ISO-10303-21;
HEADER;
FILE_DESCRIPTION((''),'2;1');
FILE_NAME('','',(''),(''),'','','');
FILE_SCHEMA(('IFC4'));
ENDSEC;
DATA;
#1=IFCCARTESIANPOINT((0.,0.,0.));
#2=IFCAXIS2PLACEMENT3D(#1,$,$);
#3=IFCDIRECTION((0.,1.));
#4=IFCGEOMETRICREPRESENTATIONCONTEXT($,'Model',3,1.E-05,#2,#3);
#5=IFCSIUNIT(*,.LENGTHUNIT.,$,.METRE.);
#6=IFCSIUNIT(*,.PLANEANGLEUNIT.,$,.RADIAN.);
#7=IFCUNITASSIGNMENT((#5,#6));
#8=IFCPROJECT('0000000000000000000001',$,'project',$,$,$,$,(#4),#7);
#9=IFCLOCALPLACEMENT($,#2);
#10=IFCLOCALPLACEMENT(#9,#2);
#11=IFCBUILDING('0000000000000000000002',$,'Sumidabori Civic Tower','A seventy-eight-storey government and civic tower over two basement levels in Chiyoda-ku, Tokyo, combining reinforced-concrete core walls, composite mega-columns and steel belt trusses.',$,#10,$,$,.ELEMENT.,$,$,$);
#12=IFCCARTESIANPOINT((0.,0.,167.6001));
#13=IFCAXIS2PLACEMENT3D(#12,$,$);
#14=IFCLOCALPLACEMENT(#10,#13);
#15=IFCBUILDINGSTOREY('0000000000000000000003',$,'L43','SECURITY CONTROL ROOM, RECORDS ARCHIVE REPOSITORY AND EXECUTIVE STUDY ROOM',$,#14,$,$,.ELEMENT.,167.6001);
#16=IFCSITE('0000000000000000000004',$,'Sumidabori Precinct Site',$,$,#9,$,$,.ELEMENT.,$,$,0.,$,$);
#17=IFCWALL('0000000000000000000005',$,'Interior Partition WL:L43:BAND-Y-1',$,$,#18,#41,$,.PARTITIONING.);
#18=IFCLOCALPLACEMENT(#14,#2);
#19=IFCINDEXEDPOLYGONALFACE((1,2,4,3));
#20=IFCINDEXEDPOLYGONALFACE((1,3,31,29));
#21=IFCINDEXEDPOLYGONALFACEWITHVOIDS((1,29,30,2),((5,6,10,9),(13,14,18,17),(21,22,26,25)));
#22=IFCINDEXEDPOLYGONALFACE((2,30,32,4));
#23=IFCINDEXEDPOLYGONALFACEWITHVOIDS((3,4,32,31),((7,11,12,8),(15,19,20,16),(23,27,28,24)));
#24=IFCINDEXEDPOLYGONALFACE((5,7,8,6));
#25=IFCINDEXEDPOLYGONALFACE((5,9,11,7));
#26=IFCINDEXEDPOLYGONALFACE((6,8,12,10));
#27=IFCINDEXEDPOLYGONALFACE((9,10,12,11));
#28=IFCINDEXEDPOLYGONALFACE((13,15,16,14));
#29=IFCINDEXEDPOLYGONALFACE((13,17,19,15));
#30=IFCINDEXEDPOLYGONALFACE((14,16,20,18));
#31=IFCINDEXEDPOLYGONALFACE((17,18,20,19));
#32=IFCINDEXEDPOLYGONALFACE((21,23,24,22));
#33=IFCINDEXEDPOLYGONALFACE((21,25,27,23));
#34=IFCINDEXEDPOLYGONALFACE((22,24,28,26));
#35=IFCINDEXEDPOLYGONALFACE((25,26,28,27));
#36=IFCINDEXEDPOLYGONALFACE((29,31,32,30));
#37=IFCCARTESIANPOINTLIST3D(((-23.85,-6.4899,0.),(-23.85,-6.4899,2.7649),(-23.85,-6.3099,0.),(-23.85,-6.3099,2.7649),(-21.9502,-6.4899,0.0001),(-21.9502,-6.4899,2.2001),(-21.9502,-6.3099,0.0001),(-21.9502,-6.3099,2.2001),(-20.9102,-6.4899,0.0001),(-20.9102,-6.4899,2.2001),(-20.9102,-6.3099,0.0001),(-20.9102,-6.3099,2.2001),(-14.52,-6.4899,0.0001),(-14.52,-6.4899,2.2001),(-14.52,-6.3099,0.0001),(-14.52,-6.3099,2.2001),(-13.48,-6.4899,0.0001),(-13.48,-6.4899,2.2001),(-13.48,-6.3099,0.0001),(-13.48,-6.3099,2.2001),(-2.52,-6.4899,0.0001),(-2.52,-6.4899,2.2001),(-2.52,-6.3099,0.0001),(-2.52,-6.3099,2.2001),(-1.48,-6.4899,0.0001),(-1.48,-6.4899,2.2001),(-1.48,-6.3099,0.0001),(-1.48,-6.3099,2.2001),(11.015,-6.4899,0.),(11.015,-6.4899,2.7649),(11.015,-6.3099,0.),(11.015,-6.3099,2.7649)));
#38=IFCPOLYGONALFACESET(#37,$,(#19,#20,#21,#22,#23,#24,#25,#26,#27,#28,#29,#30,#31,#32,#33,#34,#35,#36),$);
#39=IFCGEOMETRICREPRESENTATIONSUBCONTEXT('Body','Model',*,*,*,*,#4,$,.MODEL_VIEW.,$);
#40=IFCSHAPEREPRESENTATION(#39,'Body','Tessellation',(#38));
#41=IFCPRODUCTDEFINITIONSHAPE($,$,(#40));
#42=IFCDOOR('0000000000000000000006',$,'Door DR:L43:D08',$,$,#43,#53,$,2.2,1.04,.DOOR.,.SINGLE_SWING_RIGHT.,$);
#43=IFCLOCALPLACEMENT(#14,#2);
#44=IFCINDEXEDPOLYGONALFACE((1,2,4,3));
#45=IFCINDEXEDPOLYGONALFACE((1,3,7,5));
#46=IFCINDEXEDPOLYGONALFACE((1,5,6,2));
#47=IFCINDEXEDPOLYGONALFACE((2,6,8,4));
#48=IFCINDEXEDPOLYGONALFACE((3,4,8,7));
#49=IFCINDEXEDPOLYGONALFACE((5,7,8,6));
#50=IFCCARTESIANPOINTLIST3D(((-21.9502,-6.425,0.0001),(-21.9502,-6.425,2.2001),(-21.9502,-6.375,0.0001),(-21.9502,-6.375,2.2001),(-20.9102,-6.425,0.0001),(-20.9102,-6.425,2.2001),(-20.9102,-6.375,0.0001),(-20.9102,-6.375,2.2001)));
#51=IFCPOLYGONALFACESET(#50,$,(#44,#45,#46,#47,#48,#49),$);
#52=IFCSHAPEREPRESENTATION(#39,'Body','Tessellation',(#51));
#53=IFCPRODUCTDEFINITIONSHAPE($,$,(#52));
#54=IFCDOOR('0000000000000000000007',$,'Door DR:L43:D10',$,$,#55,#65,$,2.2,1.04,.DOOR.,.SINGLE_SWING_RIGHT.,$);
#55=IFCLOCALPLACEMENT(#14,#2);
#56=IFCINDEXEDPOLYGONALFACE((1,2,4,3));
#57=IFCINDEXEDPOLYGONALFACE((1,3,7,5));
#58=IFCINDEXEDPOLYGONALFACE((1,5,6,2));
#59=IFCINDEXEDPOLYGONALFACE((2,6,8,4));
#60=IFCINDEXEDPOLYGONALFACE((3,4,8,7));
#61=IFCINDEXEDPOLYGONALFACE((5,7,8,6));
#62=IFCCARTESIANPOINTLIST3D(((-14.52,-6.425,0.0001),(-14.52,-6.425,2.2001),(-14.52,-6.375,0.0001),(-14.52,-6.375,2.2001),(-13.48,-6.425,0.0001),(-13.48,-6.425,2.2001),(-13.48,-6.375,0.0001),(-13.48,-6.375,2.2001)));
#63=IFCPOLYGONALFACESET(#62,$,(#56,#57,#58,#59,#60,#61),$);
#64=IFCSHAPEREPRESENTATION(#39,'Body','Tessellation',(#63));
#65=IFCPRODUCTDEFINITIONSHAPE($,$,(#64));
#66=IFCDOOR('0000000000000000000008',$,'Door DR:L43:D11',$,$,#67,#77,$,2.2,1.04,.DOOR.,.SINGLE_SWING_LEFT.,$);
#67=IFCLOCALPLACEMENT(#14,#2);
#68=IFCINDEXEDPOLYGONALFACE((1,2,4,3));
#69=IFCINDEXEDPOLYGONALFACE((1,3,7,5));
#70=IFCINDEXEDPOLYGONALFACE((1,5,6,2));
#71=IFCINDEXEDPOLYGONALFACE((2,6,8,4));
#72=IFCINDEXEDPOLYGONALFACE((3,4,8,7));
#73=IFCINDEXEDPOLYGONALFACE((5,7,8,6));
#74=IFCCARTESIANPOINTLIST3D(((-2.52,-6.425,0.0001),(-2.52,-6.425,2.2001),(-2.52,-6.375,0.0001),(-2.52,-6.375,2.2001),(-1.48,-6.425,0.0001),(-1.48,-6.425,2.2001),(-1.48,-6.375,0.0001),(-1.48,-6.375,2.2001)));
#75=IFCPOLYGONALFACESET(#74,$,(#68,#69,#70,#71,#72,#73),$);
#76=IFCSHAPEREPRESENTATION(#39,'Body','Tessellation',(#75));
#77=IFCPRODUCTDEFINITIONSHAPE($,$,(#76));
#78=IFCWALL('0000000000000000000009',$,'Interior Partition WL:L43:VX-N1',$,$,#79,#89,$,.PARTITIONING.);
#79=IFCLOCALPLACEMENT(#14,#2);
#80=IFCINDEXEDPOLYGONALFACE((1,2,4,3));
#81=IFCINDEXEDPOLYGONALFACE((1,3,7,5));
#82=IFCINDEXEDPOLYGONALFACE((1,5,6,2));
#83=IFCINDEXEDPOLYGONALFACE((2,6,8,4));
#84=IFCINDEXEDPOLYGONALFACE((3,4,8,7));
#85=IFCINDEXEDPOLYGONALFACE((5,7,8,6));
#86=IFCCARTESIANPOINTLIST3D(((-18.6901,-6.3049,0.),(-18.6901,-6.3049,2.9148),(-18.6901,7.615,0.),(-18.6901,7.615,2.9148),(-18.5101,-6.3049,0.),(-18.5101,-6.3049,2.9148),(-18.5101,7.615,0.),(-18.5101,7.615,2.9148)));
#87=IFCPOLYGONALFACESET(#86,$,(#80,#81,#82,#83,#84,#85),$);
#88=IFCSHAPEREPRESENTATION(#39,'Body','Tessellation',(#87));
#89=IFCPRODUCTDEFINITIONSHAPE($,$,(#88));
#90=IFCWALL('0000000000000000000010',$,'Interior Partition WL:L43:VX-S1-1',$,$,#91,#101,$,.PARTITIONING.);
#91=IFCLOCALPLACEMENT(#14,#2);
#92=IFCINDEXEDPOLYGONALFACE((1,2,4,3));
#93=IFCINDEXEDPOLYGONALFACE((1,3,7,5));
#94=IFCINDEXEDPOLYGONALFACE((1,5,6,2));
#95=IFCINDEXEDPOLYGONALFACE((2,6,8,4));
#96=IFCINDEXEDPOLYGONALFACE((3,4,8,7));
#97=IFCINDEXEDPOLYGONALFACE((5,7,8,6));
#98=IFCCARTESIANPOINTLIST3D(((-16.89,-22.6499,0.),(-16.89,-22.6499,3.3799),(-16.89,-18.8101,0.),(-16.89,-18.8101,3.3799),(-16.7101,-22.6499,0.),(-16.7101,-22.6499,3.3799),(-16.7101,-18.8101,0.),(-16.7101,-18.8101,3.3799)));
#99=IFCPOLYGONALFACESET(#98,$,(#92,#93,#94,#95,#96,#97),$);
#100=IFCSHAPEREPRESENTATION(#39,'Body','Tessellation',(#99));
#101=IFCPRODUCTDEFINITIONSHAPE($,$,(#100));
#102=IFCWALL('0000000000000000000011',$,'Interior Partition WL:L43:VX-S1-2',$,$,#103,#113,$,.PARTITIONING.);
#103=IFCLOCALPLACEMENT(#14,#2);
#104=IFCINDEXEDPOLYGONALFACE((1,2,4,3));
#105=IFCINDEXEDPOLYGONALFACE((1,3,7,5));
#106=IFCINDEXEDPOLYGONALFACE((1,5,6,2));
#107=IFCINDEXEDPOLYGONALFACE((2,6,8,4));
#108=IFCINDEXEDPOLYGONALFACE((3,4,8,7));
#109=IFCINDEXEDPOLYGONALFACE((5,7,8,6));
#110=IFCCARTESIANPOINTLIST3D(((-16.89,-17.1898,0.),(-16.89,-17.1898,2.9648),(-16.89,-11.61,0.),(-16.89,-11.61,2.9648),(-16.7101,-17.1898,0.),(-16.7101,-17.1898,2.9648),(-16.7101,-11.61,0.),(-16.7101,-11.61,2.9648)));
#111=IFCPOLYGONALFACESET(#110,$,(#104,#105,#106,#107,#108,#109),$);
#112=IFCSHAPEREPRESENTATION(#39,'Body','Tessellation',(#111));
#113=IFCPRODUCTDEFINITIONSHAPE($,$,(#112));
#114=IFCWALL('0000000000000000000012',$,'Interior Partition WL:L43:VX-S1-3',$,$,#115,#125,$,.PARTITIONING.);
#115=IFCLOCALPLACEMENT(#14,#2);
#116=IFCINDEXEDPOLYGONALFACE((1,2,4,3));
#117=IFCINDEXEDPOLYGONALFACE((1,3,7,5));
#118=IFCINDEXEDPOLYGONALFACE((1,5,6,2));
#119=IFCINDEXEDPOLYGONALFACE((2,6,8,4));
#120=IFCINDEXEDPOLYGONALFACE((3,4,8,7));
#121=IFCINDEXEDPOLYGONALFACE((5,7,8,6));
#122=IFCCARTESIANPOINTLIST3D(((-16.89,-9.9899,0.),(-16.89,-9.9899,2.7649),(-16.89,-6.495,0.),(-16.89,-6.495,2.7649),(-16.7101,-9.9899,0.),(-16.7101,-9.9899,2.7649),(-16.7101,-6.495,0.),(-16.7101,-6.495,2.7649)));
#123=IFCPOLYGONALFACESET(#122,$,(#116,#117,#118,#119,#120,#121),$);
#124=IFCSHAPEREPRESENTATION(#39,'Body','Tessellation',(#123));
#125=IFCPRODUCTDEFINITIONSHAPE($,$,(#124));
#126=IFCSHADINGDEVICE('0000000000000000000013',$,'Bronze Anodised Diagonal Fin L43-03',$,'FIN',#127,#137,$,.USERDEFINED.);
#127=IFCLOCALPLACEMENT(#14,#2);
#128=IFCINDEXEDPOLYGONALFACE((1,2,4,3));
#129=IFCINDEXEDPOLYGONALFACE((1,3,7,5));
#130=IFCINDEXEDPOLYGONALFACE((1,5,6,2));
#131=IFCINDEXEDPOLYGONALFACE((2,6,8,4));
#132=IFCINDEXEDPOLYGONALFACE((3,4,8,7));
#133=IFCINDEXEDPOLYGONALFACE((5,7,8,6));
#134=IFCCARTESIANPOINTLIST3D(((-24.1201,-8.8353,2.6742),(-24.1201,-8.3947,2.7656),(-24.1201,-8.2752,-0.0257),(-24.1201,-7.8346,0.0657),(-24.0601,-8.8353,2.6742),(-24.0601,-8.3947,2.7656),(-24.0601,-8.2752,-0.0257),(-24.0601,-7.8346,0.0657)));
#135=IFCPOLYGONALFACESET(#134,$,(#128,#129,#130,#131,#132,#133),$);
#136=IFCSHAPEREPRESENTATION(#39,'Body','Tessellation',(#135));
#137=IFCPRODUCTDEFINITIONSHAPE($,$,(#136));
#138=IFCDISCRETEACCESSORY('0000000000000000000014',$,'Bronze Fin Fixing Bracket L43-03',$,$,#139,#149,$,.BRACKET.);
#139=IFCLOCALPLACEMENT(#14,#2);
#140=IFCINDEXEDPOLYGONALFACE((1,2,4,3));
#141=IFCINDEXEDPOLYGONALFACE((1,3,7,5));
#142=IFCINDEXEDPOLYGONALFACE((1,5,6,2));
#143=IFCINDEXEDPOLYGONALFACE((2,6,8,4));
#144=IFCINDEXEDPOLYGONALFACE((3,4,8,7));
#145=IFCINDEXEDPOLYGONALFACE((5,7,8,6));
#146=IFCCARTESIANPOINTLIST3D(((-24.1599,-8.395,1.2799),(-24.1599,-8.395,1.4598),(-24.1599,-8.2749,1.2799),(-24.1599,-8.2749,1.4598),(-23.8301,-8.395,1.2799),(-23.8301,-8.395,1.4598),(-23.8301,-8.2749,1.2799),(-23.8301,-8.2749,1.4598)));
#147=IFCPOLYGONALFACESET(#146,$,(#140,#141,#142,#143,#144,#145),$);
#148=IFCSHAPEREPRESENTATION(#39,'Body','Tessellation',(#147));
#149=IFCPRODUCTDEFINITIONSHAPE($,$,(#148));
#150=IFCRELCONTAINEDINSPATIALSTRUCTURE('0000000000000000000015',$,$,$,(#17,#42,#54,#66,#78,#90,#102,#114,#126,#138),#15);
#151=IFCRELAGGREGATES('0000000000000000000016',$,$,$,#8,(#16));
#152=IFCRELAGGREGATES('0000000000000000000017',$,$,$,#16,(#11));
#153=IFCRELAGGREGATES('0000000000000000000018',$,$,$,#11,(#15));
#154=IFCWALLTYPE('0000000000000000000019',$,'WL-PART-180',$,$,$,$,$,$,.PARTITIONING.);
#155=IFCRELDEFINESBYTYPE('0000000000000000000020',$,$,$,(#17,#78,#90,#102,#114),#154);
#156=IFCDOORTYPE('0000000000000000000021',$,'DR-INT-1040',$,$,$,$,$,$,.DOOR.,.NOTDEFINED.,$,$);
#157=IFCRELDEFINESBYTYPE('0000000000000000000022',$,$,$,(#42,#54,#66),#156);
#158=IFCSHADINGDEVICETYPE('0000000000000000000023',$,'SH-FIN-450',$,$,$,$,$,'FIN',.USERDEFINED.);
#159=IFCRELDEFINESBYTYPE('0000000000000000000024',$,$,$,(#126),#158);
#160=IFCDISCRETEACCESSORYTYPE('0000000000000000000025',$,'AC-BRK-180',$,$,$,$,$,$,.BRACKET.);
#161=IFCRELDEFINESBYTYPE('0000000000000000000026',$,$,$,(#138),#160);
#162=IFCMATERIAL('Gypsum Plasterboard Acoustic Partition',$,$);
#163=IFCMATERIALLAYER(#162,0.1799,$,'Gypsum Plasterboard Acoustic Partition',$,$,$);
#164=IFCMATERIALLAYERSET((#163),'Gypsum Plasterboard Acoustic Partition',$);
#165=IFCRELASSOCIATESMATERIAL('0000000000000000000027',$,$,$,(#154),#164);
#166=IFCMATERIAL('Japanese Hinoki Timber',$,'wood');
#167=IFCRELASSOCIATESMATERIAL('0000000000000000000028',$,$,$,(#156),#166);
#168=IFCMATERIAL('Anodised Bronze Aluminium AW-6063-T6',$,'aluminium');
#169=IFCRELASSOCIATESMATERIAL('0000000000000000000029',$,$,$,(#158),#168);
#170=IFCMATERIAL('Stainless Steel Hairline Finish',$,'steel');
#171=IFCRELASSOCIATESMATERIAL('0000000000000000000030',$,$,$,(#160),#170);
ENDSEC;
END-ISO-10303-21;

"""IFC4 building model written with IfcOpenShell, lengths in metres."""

from ifc_helpers import new_model, si_unit, direction, frame, frame_2d, origin, origin_2d, place, context, subcontext, project, spatial, rectangle, extrude, source, transform, mapped, material, layer, layer_set, material_profile, profile_set, type_object, element, fill, save


model = new_model("IFC4")

# Units and contexts
model_context = context("Model", 3, precision=1e-05, world=origin(), true_north=direction((0.0, 1.0)))
body_context = subcontext(model_context, "Body", "Model", "MODEL_VIEW")
ifc_project = project(units=[si_unit("LENGTHUNIT", "METRE"), si_unit("PLANEANGLEUNIT", "RADIAN")], contexts=[model_context])

# Site, building, storey
site_placement = place(None, origin())
site = spatial("IfcSite", under=ifc_project, at=site_placement, Name="Sumidabori Precinct Site", CompositionType="ELEMENT", RefElevation=0.0)
building_placement = place(site_placement, origin())
building = spatial("IfcBuilding", under=site, at=building_placement, Name="Sumidabori Civic Tower", Description="A seventy-eight-storey government and civic tower over two basement levels in Chiyoda-ku, Tokyo, combining reinforced-concrete core walls, composite mega-columns and steel belt trusses.", CompositionType="ELEMENT")
storey_placement = place(building_placement, frame((0.0, 0.0, 167.6001)))
storey = spatial("IfcBuildingStorey", under=building, at=storey_placement, Name="L43", Description="SECURITY CONTROL ROOM, RECORDS ARCHIVE REPOSITORY AND EXECUTIVE STUDY ROOM", CompositionType="ELEMENT", Elevation=167.6001)

# Shared definitions
ifc_material_1 = material(Name="Anodised Bronze Aluminium AW-6063-T6", Category="aluminium")

# Wall, openings, doors
ifc_material_2 = material(Name="Gypsum Plasterboard Acoustic Partition")
ifc_layer_1 = layer(ifc_material_2, 0.1799, Name="Gypsum Plasterboard Acoustic Partition")
ifc_layer_set_1 = layer_set([ifc_layer_1], Name="Gypsum Plasterboard Acoustic Partition")
wall_type_1 = type_object("IfcWallType", Name="WL-PART-180", PredefinedType="PARTITIONING", material=ifc_layer_set_1)
shared_shape_1 = source(origin(), body_context, "Body", "SweptSolid", [
    extrude(rectangle(XDim=34.865, YDim=0.1799, at=frame_2d((17.4326, 0.0))), origin(), (0.0, 0.0, 1.0), 2.7649),
])
wall_1_placement = place(storey_placement, frame((-23.8501, -6.3999, 0.0), z_axis=(0.0, 0.0, 1.0), x_axis=(1.0, 0.0, 0.0)))
wall_1 = element("IfcWall", 1, at=wall_1_placement, inside=storey, type_object=wall_type_1, Name="Interior Partition WL:L43:BAND-Y-1", PredefinedType="PARTITIONING", context=body_context, shape_type="MappedRepresentation", body=[
    mapped(shared_shape_1, transform((0.0, 0.0, 0.0), x_axis=(1.0, 0.0, 0.0), y_axis=(0.0, 1.0, 0.0), z_axis=(0.0, 0.0, 1.0), scale=1.0)),
])
opening_1_placement = place(wall_1_placement, frame((1.8999, 0.0, 0.0)))
opening_1 = element("IfcOpeningElement", 2, at=opening_1_placement, cuts=wall_1, PredefinedType="OPENING", context=body_context, shape_type="SweptSolid", body=[
    extrude(rectangle(XDim=1.04, YDim=2.2, at=frame_2d((0.52, 1.1001))), frame((0.0, 0.1021, 0.0), z_axis=(0.0, -1.0, 0.0), x_axis=(1.0, 0.0, 0.0)), (0.0, 0.0, 1.0), 0.2039),
])
opening_2_placement = place(wall_1_placement, frame((9.3301, 0.0, 0.0)))
opening_2 = element("IfcOpeningElement", 3, at=opening_2_placement, cuts=wall_1, PredefinedType="OPENING", context=body_context, shape_type="SweptSolid", body=[
    extrude(rectangle(XDim=1.04, YDim=2.2, at=frame_2d((0.52, 1.1001))), frame((0.0, 0.1021, 0.0), z_axis=(0.0, -1.0, 0.0), x_axis=(1.0, 0.0, 0.0)), (0.0, 0.0, 1.0), 0.2039),
])
opening_3_placement = place(wall_1_placement, frame((21.3301, 0.0, 0.0)))
opening_3 = element("IfcOpeningElement", 4, at=opening_3_placement, cuts=wall_1, PredefinedType="OPENING", context=body_context, shape_type="SweptSolid", body=[
    extrude(rectangle(XDim=1.04, YDim=2.2, at=frame_2d((0.52, 1.1001))), frame((0.0, 0.1021, 0.0), z_axis=(0.0, -1.0, 0.0), x_axis=(1.0, 0.0, 0.0)), (0.0, 0.0, 1.0), 0.2039),
])
ifc_material_3 = material(Name="Japanese Hinoki Timber", Category="wood")
door_type = type_object("IfcDoorType", Name="DR-INT-1040", OperationType="NOTDEFINED", PredefinedType="DOOR", material=ifc_material_3)
shared_shape_2 = source(origin(), body_context, "Body", "SweptSolid", [
    extrude(rectangle(XDim=1.04, YDim=2.2, at=frame_2d((0.52, 1.1001))), frame((0.0, 0.0249, 0.0), z_axis=(0.0, -1.0, 0.0), x_axis=(1.0, 0.0, 0.0)), (0.0, 0.0, 1.0), 0.05),
])
door_1_placement = place(opening_1_placement, origin())
door_1 = element("IfcDoor", 5, at=door_1_placement, inside=storey, type_object=door_type, Name="Door DR:L43:D08", OperationType="SINGLE_SWING_RIGHT", OverallHeight=2.2, OverallWidth=1.04, PredefinedType="DOOR", context=body_context, shape_type="MappedRepresentation", body=[
    mapped(shared_shape_2, transform((0.0, 0.0, 0.0), x_axis=(1.0, 0.0, 0.0), y_axis=(0.0, 1.0, 0.0), z_axis=(0.0, 0.0, 1.0), scale=1.0)),
])
fill(opening_1, door_1)
door_2_placement = place(opening_2_placement, origin())
door_2 = element("IfcDoor", 6, at=door_2_placement, inside=storey, type_object=door_type, Name="Door DR:L43:D10", OperationType="SINGLE_SWING_RIGHT", OverallHeight=2.2, OverallWidth=1.04, PredefinedType="DOOR", context=body_context, shape_type="MappedRepresentation", body=[
    mapped(shared_shape_2, transform((0.0, 0.0, 0.0), x_axis=(1.0, 0.0, 0.0), y_axis=(0.0, 1.0, 0.0), z_axis=(0.0, 0.0, 1.0), scale=1.0)),
])
fill(opening_2, door_2)
door_3_placement = place(opening_3_placement, origin())
door_3 = element("IfcDoor", 7, at=door_3_placement, inside=storey, type_object=door_type, Name="Door DR:L43:D11", OperationType="SINGLE_SWING_LEFT", OverallHeight=2.2, OverallWidth=1.04, PredefinedType="DOOR", context=body_context, shape_type="MappedRepresentation", body=[
    mapped(shared_shape_2, transform((0.0, 0.0, 0.0), x_axis=(1.0, 0.0, 0.0), y_axis=(0.0, 1.0, 0.0), z_axis=(0.0, 0.0, 1.0), scale=1.0)),
])
fill(opening_3, door_3)

# Walls
shared_shape_3 = source(origin(), body_context, "Body", "SweptSolid", [
    extrude(rectangle(XDim=13.9199, YDim=0.1799, at=frame_2d((6.96, 0.0))), origin(), (0.0, 0.0, 1.0), 2.9148),
])
wall_2_placement = place(storey_placement, frame((-18.6001, -6.3049, 0.0), z_axis=(0.0, 0.0, 1.0), x_axis=(0.0, 1.0, 0.0)))
element("IfcWall", 8, at=wall_2_placement, inside=storey, type_object=wall_type_1, Name="Interior Partition WL:L43:VX-N1", PredefinedType="PARTITIONING", context=body_context, shape_type="MappedRepresentation", body=[
    mapped(shared_shape_3, transform((0.0, 0.0, 0.0), x_axis=(1.0, 0.0, 0.0), y_axis=(0.0, 1.0, 0.0), z_axis=(0.0, 0.0, 1.0), scale=1.0)),
])
shared_shape_4 = source(origin(), body_context, "Body", "SweptSolid", [
    extrude(rectangle(XDim=3.8398, YDim=0.1799, at=frame_2d((1.9199, 0.0))), origin(), (0.0, 0.0, 1.0), 3.3799),
])
wall_3_placement = place(storey_placement, frame((-16.8, -22.6499, 0.0), z_axis=(0.0, 0.0, 1.0), x_axis=(0.0, 1.0, 0.0)))
element("IfcWall", 9, at=wall_3_placement, inside=storey, type_object=wall_type_1, Name="Interior Partition WL:L43:VX-S1-1", PredefinedType="PARTITIONING", context=body_context, shape_type="MappedRepresentation", body=[
    mapped(shared_shape_4, transform((0.0, 0.0, 0.0), x_axis=(1.0, 0.0, 0.0), y_axis=(0.0, 1.0, 0.0), z_axis=(0.0, 0.0, 1.0), scale=1.0)),
])
shared_shape_5 = source(origin(), body_context, "Body", "SweptSolid", [
    extrude(rectangle(XDim=5.5798, YDim=0.1799, at=frame_2d((2.79, 0.0))), origin(), (0.0, 0.0, 1.0), 2.9648),
])
wall_4_placement = place(storey_placement, frame((-16.8, -17.1899, 0.0), z_axis=(0.0, 0.0, 1.0), x_axis=(0.0, 1.0, 0.0)))
element("IfcWall", 10, at=wall_4_placement, inside=storey, type_object=wall_type_1, Name="Interior Partition WL:L43:VX-S1-2", PredefinedType="PARTITIONING", context=body_context, shape_type="MappedRepresentation", body=[
    mapped(shared_shape_5, transform((0.0, 0.0, 0.0), x_axis=(1.0, 0.0, 0.0), y_axis=(0.0, 1.0, 0.0), z_axis=(0.0, 0.0, 1.0), scale=1.0)),
])
shared_shape_6 = source(origin(), body_context, "Body", "SweptSolid", [
    extrude(rectangle(XDim=3.4949, YDim=0.1799, at=frame_2d((1.7476, 0.0))), origin(), (0.0, 0.0, 1.0), 2.7649),
])
wall_5_placement = place(storey_placement, frame((-16.8, -9.99, 0.0), z_axis=(0.0, 0.0, 1.0), x_axis=(0.0, 1.0, 0.0)))
element("IfcWall", 11, at=wall_5_placement, inside=storey, type_object=wall_type_1, Name="Interior Partition WL:L43:VX-S1-3", PredefinedType="PARTITIONING", context=body_context, shape_type="MappedRepresentation", body=[
    mapped(shared_shape_6, transform((0.0, 0.0, 0.0), x_axis=(1.0, 0.0, 0.0), y_axis=(0.0, 1.0, 0.0), z_axis=(0.0, 0.0, 1.0), scale=1.0)),
])

# Shading device
ifc_material_profile_1 = material_profile(ifc_material_1, rectangle(XDim=0.0601, YDim=0.45, at=origin_2d()), Name="BRONZE FIN 450x60")
ifc_profile_set_1 = profile_set([ifc_material_profile_1], Name="Anodised Bronze Aluminium AW-6063-T6")
shading_device_type = type_object("IfcShadingDeviceType", Name="SH-FIN-450", ElementType="FIN", PredefinedType="USERDEFINED", material=ifc_profile_set_1)
shared_shape_7 = source(origin(), body_context, "Body", "SweptSolid", [
    extrude(rectangle(XDim=0.0601, YDim=0.45, at=origin_2d()), origin(), (0.0, 0.0, 1.0), 2.7573),
])
shading_device_placement = place(storey_placement, frame((-24.0901, -8.0549, 0.02), z_axis=(0.0, -0.203109, 0.979156), x_axis=(-1.0, 0.0, 0.0)))
element("IfcShadingDevice", 12, at=shading_device_placement, inside=storey, type_object=shading_device_type, Name="Bronze Anodised Diagonal Fin L43-03", ObjectType="FIN", PredefinedType="USERDEFINED", context=body_context, shape_type="MappedRepresentation", body=[
    mapped(shared_shape_7, transform((0.0, 0.0, 0.0), x_axis=(1.0, 0.0, 0.0), y_axis=(0.0, 1.0, 0.0), z_axis=(0.0, 0.0, 1.0), scale=1.0)),
])

# Discrete accessory
ifc_material_4 = material(Name="Stainless Steel Hairline Finish", Category="steel")
ifc_material_profile_2 = material_profile(ifc_material_4, rectangle(XDim=0.1201, YDim=0.1799, at=origin_2d()), Name="STEEL BRACKET 180x120")
ifc_profile_set_2 = profile_set([ifc_material_profile_2], Name="Stainless Steel Hairline Finish")
discrete_accessory_type = type_object("IfcDiscreteAccessoryType", Name="AC-BRK-180", PredefinedType="BRACKET", material=ifc_profile_set_2)
shared_shape_8 = source(origin(), body_context, "Body", "SweptSolid", [
    extrude(rectangle(XDim=0.1201, YDim=0.1799, at=origin_2d()), origin(), (0.0, 0.0, 1.0), 0.3298),
])
discrete_accessory_placement = place(storey_placement, frame((-23.8301, -8.335, 1.3699), z_axis=(-1.0, 0.0, 0.0), x_axis=(0.0, -1.0, 0.0)))
element("IfcDiscreteAccessory", 13, at=discrete_accessory_placement, inside=storey, type_object=discrete_accessory_type, Name="Bronze Fin Fixing Bracket L43-03", PredefinedType="BRACKET", context=body_context, shape_type="MappedRepresentation", body=[
    mapped(shared_shape_8, transform((0.0, 0.0, 0.0), x_axis=(1.0, 0.0, 0.0), y_axis=(0.0, 1.0, 0.0), z_axis=(0.0, 0.0, 1.0), scale=1.0)),
])

save(model, "model.ifc")
